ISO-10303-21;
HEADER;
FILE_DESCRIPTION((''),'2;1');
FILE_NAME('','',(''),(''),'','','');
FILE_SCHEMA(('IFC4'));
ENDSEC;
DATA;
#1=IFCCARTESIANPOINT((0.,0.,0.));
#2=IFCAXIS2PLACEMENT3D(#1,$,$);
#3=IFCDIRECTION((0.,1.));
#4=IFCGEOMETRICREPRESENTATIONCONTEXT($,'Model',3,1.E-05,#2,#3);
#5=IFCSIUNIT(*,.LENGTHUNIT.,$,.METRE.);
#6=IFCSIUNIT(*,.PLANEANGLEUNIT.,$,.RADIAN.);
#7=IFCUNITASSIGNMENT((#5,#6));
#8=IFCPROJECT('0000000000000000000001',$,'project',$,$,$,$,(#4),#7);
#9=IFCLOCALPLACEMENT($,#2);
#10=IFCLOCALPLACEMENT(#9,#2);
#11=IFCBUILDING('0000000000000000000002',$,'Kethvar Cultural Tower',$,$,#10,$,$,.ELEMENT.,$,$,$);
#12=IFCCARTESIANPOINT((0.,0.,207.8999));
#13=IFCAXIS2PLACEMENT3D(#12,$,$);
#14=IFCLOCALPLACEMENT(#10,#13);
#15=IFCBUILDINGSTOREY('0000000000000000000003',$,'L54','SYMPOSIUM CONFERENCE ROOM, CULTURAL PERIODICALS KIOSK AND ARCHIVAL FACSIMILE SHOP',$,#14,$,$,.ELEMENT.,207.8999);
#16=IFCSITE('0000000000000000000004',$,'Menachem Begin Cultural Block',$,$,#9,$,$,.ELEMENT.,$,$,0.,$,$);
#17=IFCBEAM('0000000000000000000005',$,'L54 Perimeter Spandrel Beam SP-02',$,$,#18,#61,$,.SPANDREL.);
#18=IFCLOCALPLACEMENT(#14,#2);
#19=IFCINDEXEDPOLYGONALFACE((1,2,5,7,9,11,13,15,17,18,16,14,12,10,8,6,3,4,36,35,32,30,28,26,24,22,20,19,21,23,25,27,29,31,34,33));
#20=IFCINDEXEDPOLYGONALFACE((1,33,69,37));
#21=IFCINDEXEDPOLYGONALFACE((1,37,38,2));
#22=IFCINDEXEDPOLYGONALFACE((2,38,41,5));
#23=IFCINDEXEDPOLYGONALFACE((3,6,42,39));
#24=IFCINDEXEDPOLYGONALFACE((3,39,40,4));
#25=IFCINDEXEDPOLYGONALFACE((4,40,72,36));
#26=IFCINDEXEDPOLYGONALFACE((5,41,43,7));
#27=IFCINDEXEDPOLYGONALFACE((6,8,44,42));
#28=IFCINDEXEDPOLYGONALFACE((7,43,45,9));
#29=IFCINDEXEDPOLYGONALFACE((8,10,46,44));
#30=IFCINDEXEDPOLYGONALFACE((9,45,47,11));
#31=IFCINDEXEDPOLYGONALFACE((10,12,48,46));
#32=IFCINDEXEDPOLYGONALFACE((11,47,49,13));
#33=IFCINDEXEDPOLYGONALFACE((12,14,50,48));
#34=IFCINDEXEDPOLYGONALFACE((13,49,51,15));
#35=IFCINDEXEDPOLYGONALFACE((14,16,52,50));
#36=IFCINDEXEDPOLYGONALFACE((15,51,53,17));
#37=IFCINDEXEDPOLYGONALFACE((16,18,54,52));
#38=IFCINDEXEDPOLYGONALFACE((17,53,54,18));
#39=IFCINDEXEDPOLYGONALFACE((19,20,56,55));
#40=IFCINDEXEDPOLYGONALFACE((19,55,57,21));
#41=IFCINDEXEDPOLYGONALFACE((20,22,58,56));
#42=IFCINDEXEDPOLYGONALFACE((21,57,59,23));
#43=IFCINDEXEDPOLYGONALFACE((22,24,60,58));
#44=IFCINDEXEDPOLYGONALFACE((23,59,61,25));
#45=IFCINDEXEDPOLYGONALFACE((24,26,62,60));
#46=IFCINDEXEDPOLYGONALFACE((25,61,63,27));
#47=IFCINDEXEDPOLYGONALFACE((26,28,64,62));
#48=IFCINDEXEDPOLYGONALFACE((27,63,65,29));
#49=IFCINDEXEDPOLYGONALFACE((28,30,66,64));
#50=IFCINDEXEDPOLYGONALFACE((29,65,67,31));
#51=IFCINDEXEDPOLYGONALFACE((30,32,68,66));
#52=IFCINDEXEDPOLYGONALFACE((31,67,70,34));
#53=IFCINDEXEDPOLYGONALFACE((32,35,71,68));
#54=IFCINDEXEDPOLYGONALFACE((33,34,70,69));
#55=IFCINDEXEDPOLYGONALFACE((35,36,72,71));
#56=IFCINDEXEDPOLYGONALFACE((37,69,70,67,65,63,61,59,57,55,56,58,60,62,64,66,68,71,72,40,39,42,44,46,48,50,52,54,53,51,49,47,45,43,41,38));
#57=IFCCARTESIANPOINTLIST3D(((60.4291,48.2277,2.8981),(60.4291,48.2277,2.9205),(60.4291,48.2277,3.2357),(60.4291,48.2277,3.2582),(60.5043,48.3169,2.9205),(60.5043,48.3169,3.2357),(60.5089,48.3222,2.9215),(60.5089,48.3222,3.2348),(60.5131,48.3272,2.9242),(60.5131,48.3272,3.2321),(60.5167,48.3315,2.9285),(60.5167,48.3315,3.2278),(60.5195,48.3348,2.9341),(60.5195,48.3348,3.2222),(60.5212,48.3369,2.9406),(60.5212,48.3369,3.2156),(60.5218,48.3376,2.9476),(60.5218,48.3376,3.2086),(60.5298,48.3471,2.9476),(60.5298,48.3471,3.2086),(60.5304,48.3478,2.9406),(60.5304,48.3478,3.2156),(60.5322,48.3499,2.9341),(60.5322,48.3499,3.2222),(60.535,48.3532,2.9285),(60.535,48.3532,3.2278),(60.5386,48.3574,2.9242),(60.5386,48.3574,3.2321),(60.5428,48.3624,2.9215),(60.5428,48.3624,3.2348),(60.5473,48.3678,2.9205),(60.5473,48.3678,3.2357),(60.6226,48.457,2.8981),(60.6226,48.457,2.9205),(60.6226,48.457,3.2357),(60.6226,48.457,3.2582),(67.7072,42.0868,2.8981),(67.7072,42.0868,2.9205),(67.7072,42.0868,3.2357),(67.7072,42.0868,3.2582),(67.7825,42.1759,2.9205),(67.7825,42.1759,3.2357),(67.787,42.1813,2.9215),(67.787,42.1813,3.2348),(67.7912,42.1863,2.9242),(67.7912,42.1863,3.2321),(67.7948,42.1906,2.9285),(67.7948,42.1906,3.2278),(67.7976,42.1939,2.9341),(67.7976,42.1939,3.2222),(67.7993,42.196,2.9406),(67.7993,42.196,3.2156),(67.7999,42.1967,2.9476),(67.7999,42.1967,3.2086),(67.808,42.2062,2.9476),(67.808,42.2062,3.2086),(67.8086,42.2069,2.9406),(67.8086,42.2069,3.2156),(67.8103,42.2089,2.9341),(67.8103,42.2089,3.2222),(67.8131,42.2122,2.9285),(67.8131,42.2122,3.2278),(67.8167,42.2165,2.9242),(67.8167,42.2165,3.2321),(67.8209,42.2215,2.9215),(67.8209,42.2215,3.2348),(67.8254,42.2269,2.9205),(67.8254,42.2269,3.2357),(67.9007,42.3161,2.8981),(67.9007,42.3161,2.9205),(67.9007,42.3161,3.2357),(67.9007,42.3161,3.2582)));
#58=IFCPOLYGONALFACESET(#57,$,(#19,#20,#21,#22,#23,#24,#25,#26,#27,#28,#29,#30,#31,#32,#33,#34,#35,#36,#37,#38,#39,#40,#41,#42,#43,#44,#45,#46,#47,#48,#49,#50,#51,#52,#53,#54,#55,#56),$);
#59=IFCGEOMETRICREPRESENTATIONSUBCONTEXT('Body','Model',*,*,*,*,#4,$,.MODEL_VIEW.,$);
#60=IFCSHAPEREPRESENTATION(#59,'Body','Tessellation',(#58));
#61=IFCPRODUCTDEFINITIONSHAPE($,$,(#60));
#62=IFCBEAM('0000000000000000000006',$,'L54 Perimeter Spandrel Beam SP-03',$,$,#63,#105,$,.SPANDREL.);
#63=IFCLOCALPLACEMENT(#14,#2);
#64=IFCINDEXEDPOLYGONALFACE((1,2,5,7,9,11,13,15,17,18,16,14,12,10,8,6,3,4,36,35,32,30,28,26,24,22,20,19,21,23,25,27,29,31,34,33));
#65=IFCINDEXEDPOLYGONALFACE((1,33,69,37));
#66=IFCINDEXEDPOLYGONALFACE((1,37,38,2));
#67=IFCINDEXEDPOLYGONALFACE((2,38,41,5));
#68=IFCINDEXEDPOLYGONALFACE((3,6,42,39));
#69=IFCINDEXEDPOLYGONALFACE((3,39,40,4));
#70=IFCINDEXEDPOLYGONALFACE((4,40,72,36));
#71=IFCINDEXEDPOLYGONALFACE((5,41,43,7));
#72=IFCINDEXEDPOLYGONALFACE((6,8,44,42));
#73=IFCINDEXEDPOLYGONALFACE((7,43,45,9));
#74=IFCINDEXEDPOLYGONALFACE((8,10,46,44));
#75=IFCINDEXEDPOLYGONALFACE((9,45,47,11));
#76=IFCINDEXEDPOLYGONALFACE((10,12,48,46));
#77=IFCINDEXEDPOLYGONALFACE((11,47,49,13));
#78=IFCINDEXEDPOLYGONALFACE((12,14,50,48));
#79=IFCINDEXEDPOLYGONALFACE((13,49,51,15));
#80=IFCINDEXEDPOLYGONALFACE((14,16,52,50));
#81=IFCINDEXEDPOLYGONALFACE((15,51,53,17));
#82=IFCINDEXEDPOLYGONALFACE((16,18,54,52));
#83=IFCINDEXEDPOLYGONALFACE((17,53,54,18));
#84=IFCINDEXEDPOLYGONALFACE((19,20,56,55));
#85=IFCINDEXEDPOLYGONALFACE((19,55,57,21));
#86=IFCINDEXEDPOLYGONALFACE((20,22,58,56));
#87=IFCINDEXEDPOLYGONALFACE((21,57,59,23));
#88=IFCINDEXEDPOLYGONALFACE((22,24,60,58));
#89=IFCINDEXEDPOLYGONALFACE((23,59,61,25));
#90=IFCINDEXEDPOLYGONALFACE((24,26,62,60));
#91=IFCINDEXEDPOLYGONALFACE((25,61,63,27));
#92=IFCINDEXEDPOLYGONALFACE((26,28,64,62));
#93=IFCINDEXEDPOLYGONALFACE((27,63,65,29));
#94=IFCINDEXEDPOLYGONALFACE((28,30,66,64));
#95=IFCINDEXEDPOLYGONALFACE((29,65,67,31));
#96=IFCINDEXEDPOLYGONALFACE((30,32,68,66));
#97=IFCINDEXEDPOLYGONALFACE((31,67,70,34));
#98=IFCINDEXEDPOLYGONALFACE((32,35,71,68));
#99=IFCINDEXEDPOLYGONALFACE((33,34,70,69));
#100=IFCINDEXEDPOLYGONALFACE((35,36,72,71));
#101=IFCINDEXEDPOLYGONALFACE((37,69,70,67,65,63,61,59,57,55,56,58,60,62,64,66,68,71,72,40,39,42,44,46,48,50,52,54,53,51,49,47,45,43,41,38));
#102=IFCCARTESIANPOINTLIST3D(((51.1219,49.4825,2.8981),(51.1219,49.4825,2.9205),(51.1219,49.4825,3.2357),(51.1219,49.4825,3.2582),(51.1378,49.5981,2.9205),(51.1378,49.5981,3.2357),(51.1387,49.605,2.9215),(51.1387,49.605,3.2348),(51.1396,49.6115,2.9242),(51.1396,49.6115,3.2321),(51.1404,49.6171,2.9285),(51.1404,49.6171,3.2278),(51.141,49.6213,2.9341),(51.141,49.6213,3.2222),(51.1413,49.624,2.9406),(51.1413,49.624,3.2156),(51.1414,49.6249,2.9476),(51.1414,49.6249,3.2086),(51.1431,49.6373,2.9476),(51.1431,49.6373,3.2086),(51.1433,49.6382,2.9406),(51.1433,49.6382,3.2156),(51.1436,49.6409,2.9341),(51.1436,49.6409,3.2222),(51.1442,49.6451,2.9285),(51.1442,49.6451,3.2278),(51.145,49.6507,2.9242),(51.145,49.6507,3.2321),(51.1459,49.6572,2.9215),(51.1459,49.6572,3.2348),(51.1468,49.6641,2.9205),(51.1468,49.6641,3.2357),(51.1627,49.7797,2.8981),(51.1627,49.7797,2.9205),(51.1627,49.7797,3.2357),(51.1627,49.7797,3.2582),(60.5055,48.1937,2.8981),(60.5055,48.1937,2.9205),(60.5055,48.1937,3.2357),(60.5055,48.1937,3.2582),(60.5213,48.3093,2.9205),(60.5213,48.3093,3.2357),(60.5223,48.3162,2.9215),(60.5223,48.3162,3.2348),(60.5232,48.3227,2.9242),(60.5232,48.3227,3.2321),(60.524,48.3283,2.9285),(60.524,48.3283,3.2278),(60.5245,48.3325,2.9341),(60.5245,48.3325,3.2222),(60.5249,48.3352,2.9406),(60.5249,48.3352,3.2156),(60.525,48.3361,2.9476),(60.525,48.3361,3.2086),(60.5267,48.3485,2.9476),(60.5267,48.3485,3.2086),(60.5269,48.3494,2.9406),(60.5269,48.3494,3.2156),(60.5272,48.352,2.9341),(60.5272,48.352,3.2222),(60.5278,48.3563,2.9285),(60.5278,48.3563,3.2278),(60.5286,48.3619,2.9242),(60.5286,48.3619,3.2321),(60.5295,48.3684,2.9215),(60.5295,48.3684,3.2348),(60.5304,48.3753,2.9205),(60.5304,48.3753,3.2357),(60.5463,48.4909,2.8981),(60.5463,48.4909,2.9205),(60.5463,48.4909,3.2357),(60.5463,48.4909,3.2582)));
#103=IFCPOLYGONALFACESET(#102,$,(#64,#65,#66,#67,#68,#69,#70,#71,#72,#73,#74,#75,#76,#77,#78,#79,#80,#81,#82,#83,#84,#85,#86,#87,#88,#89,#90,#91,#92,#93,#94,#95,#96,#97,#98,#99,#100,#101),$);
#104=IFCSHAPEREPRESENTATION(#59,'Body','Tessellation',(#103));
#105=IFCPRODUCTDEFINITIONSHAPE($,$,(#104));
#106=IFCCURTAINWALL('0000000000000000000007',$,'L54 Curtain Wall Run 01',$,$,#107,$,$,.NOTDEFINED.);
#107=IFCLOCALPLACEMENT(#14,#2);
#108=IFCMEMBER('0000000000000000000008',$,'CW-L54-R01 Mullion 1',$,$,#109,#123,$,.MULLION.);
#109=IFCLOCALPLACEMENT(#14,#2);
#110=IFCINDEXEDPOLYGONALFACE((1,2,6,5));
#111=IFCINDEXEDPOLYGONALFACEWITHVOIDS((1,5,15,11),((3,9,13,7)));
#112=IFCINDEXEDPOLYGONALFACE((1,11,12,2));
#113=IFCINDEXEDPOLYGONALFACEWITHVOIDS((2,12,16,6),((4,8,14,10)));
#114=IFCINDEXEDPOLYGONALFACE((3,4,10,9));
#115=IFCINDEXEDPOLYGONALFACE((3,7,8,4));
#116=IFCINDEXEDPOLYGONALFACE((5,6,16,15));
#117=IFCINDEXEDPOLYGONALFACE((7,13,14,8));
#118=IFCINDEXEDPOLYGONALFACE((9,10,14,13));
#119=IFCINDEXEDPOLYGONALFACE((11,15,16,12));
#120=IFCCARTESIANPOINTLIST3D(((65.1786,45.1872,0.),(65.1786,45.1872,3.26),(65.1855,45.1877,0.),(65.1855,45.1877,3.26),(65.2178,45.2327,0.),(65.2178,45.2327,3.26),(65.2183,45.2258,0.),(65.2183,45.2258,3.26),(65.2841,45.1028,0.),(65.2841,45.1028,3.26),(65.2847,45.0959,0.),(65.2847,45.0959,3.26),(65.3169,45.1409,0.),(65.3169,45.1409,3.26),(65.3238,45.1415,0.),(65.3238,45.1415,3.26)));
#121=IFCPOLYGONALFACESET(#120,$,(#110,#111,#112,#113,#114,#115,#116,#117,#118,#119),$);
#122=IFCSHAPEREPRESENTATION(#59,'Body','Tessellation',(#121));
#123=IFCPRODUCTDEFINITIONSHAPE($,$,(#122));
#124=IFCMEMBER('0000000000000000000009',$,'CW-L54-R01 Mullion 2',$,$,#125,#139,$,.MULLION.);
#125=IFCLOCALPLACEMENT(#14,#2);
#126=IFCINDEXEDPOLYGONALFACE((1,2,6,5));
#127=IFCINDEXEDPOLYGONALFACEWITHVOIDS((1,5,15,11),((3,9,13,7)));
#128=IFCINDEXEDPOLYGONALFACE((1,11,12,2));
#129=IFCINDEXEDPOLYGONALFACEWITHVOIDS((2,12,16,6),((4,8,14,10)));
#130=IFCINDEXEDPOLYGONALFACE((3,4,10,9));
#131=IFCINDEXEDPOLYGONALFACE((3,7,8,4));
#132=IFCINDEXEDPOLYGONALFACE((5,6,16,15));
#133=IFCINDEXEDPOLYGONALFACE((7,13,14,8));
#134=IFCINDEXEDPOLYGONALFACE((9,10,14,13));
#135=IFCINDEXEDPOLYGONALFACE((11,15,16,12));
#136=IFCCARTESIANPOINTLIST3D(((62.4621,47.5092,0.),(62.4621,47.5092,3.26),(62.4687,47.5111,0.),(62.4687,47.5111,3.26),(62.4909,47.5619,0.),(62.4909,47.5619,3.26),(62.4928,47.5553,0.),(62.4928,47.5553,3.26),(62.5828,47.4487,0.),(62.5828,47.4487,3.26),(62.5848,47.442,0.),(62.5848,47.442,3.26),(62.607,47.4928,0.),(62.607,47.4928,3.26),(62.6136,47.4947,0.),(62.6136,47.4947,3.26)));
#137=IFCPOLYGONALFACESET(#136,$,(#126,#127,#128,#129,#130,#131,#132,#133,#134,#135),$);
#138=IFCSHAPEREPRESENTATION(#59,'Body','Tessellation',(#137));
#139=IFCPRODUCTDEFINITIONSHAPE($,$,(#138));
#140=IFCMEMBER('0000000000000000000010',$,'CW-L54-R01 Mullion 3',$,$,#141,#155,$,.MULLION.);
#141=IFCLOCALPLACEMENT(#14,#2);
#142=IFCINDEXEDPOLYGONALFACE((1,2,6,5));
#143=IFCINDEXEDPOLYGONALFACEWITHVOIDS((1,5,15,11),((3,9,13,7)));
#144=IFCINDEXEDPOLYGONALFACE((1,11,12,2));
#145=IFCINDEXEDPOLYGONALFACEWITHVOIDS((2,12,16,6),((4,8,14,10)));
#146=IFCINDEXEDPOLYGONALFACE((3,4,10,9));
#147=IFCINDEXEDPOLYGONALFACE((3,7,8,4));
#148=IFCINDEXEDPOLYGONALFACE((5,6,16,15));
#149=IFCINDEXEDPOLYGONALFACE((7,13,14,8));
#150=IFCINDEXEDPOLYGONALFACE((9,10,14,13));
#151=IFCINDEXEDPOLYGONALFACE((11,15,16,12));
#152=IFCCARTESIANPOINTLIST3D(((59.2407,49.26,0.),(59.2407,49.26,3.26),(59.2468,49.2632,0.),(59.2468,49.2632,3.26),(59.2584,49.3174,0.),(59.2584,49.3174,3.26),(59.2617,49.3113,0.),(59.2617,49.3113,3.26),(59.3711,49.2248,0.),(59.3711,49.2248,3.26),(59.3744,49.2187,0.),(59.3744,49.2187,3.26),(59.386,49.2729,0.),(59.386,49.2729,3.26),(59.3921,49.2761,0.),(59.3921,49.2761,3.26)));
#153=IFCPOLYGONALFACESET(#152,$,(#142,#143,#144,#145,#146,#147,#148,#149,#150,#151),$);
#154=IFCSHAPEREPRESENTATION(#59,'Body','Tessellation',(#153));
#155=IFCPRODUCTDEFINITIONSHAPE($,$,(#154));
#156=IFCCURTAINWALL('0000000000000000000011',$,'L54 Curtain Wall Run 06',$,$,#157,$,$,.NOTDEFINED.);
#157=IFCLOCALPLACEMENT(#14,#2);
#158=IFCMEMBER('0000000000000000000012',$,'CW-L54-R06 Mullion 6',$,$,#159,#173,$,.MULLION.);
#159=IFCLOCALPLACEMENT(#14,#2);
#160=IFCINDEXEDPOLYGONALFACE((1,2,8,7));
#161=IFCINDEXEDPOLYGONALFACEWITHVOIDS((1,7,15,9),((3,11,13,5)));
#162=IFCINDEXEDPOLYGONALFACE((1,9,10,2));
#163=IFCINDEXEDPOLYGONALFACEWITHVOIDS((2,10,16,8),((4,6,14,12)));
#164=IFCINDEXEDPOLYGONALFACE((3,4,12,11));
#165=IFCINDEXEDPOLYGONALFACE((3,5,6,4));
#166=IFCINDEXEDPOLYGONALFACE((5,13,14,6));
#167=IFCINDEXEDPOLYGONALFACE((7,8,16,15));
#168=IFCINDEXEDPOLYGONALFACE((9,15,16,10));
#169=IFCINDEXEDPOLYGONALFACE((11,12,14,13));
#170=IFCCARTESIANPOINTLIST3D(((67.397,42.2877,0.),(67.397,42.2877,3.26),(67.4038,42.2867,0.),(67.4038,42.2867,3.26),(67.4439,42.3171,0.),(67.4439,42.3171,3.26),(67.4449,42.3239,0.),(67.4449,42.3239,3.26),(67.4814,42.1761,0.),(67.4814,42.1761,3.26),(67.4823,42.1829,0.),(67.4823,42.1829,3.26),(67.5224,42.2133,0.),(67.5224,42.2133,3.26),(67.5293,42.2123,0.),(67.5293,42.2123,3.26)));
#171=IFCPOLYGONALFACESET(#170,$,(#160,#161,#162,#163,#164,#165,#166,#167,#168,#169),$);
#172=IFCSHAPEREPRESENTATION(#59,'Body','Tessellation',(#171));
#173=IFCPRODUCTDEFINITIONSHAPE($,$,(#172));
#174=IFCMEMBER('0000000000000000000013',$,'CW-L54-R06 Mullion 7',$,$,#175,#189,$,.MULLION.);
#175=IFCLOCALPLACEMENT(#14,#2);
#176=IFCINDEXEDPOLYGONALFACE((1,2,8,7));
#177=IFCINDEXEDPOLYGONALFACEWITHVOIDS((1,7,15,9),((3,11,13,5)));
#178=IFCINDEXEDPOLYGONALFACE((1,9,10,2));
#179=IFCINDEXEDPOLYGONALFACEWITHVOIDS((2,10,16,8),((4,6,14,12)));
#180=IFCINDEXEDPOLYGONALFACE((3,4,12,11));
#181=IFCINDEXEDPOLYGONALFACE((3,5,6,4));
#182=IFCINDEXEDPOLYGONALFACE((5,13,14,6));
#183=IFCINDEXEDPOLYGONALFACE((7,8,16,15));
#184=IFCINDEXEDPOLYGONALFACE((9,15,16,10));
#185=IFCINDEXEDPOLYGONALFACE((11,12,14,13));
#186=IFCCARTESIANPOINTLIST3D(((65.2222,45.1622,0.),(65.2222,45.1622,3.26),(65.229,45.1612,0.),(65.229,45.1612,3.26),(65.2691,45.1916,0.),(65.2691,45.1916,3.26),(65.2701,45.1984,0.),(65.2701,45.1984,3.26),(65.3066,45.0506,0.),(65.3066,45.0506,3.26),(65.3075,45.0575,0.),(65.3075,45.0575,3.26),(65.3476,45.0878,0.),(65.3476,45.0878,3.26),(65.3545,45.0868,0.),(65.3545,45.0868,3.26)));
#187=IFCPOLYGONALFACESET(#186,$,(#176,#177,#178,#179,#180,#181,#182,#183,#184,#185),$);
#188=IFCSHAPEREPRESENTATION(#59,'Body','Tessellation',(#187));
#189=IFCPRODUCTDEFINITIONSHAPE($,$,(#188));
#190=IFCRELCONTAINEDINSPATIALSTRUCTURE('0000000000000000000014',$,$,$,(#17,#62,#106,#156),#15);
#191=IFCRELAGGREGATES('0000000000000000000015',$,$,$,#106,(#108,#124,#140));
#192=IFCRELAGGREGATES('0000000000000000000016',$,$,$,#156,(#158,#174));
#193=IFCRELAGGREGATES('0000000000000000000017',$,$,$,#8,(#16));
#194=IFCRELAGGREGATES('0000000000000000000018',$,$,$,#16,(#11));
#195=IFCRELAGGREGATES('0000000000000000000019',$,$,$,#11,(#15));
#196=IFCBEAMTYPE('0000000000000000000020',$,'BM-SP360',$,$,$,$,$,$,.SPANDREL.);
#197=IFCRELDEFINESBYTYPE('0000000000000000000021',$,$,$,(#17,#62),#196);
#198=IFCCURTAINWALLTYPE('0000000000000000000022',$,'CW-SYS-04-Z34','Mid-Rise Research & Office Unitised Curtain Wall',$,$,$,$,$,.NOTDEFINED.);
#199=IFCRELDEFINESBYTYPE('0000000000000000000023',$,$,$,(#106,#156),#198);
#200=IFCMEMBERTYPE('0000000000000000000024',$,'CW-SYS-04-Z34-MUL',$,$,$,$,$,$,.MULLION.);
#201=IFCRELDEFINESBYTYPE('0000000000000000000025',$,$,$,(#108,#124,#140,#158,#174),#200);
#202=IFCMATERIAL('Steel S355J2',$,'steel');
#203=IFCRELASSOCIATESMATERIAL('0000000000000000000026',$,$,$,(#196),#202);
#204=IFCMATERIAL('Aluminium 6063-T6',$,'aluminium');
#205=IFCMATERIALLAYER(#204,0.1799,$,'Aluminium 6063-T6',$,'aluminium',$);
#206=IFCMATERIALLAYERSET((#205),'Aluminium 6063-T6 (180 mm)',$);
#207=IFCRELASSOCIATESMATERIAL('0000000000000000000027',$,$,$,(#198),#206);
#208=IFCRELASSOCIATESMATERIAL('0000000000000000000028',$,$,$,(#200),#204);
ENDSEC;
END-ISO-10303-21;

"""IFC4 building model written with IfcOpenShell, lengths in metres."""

from ifc_helpers import new_model, si_unit, direction, frame, origin, origin_2d, place, context, subcontext, project, spatial, hollow_rectangle, i_section, extrude, source, transform, mapped, material, layer, layer_set, material_profile, profile_set, type_object, element, aggregate, save


model = new_model("IFC4")

# Units and contexts
model_context = context("Model", 3, precision=1e-05, world=origin(), true_north=direction((0.0, 1.0)))
body_context = subcontext(model_context, "Body", "Model", "MODEL_VIEW")
ifc_project = project(units=[si_unit("LENGTHUNIT", "METRE"), si_unit("PLANEANGLEUNIT", "RADIAN")], contexts=[model_context])

# Site, building, storey
site_placement = place(None, origin())
site = spatial("IfcSite", under=ifc_project, at=site_placement, Name="Menachem Begin Cultural Block", CompositionType="ELEMENT", RefElevation=0.0)
building_placement = place(site_placement, origin())
building = spatial("IfcBuilding", under=site, at=building_placement, Name="Kethvar Cultural Tower", CompositionType="ELEMENT")
storey_placement = place(building_placement, frame((0.0, 0.0, 207.8999)))
storey = spatial("IfcBuildingStorey", under=building, at=storey_placement, Name="L54", Description="SYMPOSIUM CONFERENCE ROOM, CULTURAL PERIODICALS KIOSK AND ARCHIVAL FACSIMILE SHOP", CompositionType="ELEMENT", Elevation=207.8999)

# Beams
ifc_material_1 = material(Name="Steel S355J2", Category="steel")
ifc_material_profile_1 = material_profile(ifc_material_1, i_section(OverallWidth=0.3, OverallDepth=0.3601, WebThickness=0.0125, FlangeThickness=0.0225, FilletRadius=0.0271, at=origin_2d()), Name="Steel S355J2 — HEB360")
ifc_profile_set_1 = profile_set([ifc_material_profile_1], Name="Steel S355J2 — HEB360")
beam_type_1 = type_object("IfcBeamType", Name="BM-SP360", PredefinedType="SPANDREL", material=ifc_profile_set_1)
shared_shape_1 = source(origin(), body_context, "Body", "SweptSolid", [
    extrude(i_section(OverallWidth=0.3, OverallDepth=0.3601, WebThickness=0.0125, FlangeThickness=0.0225, FilletRadius=0.0271, at=origin_2d()), origin(), (0.0, 0.0, 1.0), 9.5227),
])
beam_1_placement = place(storey_placement, frame((67.804, 42.2014, 3.0781), z_axis=(-0.764292, 0.64487, 0.0), x_axis=(-0.64487, -0.764292, 0.0)))
element("IfcBeam", 1, at=beam_1_placement, inside=storey, type_object=beam_type_1, Name="L54 Perimeter Spandrel Beam SP-02", PredefinedType="SPANDREL", context=body_context, shape_type="MappedRepresentation", body=[
    mapped(shared_shape_1, transform((0.0, 0.0, 0.0), scale=1.0)),
])
shared_shape_2 = source(origin(), body_context, "Body", "SweptSolid", [
    extrude(i_section(OverallWidth=0.3, OverallDepth=0.3601, WebThickness=0.0125, FlangeThickness=0.0225, FilletRadius=0.0271, at=origin_2d()), origin(), (0.0, 0.0, 1.0), 9.4717),
])
beam_2_placement = place(storey_placement, frame((60.5259, 48.3423, 3.0781), z_axis=(-0.990699, 0.136071, 0.0), x_axis=(-0.136071, -0.990699, 0.0)))
element("IfcBeam", 2, at=beam_2_placement, inside=storey, type_object=beam_type_1, Name="L54 Perimeter Spandrel Beam SP-03", PredefinedType="SPANDREL", context=body_context, shape_type="MappedRepresentation", body=[
    mapped(shared_shape_2, transform((0.0, 0.0, 0.0), scale=1.0)),
])

# Curtain walls, members
ifc_material_2 = material(Name="Aluminium 6063-T6", Category="aluminium")
ifc_layer_1 = layer(ifc_material_2, 0.1799, Name="Aluminium 6063-T6", Category="aluminium")
ifc_layer_set_1 = layer_set([ifc_layer_1], Name="Aluminium 6063-T6 (180 mm)")
curtain_wall_type = type_object("IfcCurtainWallType", Name="CW-SYS-04-Z34", Description="Mid-Rise Research & Office Unitised Curtain Wall", PredefinedType="NOTDEFINED", material=ifc_layer_set_1)
curtain_wall_1_placement = place(storey_placement, origin())
curtain_wall_1 = element("IfcCurtainWall", 3, at=curtain_wall_1_placement, inside=storey, type_object=curtain_wall_type, Name="L54 Curtain Wall Run 01", PredefinedType="NOTDEFINED")
ifc_material_profile_2 = material_profile(ifc_material_2, hollow_rectangle(XDim=0.0601, YDim=0.1399, WallThickness=0.0049, at=origin_2d()), Name="Aluminium 6063-T6 — RHS140x60x5")
ifc_profile_set_2 = profile_set([ifc_material_profile_2], Name="Aluminium 6063-T6 — RHS140x60x5")
member_type_1 = type_object("IfcMemberType", Name="CW-SYS-04-Z34-MUL", PredefinedType="MULLION", material=ifc_profile_set_2)
shared_shape_3 = source(origin(), body_context, "Body", "SweptSolid", [
    extrude(hollow_rectangle(XDim=0.0601, YDim=0.1399, WallThickness=0.0049, at=origin_2d()), origin(), (0.0, 0.0, 1.0), 3.26),
])
member_1_placement = place(storey_placement, frame((65.2512, 45.1643, 0.0), z_axis=(0.0, 0.0, 1.0), x_axis=(-0.652204, -0.758043, 0.0)))
member_1 = element("IfcMember", 4, at=member_1_placement, type_object=member_type_1, Name="CW-L54-R01 Mullion 1", PredefinedType="MULLION", context=body_context, shape_type="MappedRepresentation", body=[
    mapped(shared_shape_3, transform((0.0, 0.0, 0.0), scale=1.0)),
])
member_2_placement = place(storey_placement, frame((62.5378, 47.502, 0.0), z_axis=(0.0, 0.0, 1.0), x_axis=(-0.480223, -0.877146, 0.0)))
member_2 = element("IfcMember", 5, at=member_2_placement, type_object=member_type_1, Name="CW-L54-R01 Mullion 2", PredefinedType="MULLION", context=body_context, shape_type="MappedRepresentation", body=[
    mapped(shared_shape_3, transform((0.0, 0.0, 0.0), scale=1.0)),
])
member_3_placement = place(storey_placement, frame((59.3164, 49.2681, 0.0), z_axis=(0.0, 0.0, 1.0), x_axis=(-0.295158, -0.955449, 0.0)))
member_3 = element("IfcMember", 6, at=member_3_placement, type_object=member_type_1, Name="CW-L54-R01 Mullion 3", PredefinedType="MULLION", context=body_context, shape_type="MappedRepresentation", body=[
    mapped(shared_shape_3, transform((0.0, 0.0, 0.0), scale=1.0)),
])
curtain_wall_2_placement = place(storey_placement, origin())
curtain_wall_2 = element("IfcCurtainWall", 7, at=curtain_wall_2_placement, inside=storey, type_object=curtain_wall_type, Name="L54 Curtain Wall Run 06", PredefinedType="NOTDEFINED")
member_4_placement = place(storey_placement, frame((67.4631, 42.25, 0.0), z_axis=(0.0, 0.0, 1.0), x_axis=(-0.7975, -0.603319, 0.0)))
member_4 = element("IfcMember", 8, at=member_4_placement, type_object=member_type_1, Name="CW-L54-R06 Mullion 6", PredefinedType="MULLION", context=body_context, shape_type="MappedRepresentation", body=[
    mapped(shared_shape_3, transform((0.0, 0.0, 0.0), scale=1.0)),
])
member_5_placement = place(storey_placement, frame((65.2883, 45.1245, 0.0), z_axis=(0.0, 0.0, 1.0), x_axis=(-0.7975, -0.603319, 0.0)))
member_5 = element("IfcMember", 9, at=member_5_placement, type_object=member_type_1, Name="CW-L54-R06 Mullion 7", PredefinedType="MULLION", context=body_context, shape_type="MappedRepresentation", body=[
    mapped(shared_shape_3, transform((0.0, 0.0, 0.0), scale=1.0)),
])

aggregate(curtain_wall_1, [member_1, member_2, member_3])
aggregate(curtain_wall_2, [member_4, member_5])

save(model, "model.ifc")
